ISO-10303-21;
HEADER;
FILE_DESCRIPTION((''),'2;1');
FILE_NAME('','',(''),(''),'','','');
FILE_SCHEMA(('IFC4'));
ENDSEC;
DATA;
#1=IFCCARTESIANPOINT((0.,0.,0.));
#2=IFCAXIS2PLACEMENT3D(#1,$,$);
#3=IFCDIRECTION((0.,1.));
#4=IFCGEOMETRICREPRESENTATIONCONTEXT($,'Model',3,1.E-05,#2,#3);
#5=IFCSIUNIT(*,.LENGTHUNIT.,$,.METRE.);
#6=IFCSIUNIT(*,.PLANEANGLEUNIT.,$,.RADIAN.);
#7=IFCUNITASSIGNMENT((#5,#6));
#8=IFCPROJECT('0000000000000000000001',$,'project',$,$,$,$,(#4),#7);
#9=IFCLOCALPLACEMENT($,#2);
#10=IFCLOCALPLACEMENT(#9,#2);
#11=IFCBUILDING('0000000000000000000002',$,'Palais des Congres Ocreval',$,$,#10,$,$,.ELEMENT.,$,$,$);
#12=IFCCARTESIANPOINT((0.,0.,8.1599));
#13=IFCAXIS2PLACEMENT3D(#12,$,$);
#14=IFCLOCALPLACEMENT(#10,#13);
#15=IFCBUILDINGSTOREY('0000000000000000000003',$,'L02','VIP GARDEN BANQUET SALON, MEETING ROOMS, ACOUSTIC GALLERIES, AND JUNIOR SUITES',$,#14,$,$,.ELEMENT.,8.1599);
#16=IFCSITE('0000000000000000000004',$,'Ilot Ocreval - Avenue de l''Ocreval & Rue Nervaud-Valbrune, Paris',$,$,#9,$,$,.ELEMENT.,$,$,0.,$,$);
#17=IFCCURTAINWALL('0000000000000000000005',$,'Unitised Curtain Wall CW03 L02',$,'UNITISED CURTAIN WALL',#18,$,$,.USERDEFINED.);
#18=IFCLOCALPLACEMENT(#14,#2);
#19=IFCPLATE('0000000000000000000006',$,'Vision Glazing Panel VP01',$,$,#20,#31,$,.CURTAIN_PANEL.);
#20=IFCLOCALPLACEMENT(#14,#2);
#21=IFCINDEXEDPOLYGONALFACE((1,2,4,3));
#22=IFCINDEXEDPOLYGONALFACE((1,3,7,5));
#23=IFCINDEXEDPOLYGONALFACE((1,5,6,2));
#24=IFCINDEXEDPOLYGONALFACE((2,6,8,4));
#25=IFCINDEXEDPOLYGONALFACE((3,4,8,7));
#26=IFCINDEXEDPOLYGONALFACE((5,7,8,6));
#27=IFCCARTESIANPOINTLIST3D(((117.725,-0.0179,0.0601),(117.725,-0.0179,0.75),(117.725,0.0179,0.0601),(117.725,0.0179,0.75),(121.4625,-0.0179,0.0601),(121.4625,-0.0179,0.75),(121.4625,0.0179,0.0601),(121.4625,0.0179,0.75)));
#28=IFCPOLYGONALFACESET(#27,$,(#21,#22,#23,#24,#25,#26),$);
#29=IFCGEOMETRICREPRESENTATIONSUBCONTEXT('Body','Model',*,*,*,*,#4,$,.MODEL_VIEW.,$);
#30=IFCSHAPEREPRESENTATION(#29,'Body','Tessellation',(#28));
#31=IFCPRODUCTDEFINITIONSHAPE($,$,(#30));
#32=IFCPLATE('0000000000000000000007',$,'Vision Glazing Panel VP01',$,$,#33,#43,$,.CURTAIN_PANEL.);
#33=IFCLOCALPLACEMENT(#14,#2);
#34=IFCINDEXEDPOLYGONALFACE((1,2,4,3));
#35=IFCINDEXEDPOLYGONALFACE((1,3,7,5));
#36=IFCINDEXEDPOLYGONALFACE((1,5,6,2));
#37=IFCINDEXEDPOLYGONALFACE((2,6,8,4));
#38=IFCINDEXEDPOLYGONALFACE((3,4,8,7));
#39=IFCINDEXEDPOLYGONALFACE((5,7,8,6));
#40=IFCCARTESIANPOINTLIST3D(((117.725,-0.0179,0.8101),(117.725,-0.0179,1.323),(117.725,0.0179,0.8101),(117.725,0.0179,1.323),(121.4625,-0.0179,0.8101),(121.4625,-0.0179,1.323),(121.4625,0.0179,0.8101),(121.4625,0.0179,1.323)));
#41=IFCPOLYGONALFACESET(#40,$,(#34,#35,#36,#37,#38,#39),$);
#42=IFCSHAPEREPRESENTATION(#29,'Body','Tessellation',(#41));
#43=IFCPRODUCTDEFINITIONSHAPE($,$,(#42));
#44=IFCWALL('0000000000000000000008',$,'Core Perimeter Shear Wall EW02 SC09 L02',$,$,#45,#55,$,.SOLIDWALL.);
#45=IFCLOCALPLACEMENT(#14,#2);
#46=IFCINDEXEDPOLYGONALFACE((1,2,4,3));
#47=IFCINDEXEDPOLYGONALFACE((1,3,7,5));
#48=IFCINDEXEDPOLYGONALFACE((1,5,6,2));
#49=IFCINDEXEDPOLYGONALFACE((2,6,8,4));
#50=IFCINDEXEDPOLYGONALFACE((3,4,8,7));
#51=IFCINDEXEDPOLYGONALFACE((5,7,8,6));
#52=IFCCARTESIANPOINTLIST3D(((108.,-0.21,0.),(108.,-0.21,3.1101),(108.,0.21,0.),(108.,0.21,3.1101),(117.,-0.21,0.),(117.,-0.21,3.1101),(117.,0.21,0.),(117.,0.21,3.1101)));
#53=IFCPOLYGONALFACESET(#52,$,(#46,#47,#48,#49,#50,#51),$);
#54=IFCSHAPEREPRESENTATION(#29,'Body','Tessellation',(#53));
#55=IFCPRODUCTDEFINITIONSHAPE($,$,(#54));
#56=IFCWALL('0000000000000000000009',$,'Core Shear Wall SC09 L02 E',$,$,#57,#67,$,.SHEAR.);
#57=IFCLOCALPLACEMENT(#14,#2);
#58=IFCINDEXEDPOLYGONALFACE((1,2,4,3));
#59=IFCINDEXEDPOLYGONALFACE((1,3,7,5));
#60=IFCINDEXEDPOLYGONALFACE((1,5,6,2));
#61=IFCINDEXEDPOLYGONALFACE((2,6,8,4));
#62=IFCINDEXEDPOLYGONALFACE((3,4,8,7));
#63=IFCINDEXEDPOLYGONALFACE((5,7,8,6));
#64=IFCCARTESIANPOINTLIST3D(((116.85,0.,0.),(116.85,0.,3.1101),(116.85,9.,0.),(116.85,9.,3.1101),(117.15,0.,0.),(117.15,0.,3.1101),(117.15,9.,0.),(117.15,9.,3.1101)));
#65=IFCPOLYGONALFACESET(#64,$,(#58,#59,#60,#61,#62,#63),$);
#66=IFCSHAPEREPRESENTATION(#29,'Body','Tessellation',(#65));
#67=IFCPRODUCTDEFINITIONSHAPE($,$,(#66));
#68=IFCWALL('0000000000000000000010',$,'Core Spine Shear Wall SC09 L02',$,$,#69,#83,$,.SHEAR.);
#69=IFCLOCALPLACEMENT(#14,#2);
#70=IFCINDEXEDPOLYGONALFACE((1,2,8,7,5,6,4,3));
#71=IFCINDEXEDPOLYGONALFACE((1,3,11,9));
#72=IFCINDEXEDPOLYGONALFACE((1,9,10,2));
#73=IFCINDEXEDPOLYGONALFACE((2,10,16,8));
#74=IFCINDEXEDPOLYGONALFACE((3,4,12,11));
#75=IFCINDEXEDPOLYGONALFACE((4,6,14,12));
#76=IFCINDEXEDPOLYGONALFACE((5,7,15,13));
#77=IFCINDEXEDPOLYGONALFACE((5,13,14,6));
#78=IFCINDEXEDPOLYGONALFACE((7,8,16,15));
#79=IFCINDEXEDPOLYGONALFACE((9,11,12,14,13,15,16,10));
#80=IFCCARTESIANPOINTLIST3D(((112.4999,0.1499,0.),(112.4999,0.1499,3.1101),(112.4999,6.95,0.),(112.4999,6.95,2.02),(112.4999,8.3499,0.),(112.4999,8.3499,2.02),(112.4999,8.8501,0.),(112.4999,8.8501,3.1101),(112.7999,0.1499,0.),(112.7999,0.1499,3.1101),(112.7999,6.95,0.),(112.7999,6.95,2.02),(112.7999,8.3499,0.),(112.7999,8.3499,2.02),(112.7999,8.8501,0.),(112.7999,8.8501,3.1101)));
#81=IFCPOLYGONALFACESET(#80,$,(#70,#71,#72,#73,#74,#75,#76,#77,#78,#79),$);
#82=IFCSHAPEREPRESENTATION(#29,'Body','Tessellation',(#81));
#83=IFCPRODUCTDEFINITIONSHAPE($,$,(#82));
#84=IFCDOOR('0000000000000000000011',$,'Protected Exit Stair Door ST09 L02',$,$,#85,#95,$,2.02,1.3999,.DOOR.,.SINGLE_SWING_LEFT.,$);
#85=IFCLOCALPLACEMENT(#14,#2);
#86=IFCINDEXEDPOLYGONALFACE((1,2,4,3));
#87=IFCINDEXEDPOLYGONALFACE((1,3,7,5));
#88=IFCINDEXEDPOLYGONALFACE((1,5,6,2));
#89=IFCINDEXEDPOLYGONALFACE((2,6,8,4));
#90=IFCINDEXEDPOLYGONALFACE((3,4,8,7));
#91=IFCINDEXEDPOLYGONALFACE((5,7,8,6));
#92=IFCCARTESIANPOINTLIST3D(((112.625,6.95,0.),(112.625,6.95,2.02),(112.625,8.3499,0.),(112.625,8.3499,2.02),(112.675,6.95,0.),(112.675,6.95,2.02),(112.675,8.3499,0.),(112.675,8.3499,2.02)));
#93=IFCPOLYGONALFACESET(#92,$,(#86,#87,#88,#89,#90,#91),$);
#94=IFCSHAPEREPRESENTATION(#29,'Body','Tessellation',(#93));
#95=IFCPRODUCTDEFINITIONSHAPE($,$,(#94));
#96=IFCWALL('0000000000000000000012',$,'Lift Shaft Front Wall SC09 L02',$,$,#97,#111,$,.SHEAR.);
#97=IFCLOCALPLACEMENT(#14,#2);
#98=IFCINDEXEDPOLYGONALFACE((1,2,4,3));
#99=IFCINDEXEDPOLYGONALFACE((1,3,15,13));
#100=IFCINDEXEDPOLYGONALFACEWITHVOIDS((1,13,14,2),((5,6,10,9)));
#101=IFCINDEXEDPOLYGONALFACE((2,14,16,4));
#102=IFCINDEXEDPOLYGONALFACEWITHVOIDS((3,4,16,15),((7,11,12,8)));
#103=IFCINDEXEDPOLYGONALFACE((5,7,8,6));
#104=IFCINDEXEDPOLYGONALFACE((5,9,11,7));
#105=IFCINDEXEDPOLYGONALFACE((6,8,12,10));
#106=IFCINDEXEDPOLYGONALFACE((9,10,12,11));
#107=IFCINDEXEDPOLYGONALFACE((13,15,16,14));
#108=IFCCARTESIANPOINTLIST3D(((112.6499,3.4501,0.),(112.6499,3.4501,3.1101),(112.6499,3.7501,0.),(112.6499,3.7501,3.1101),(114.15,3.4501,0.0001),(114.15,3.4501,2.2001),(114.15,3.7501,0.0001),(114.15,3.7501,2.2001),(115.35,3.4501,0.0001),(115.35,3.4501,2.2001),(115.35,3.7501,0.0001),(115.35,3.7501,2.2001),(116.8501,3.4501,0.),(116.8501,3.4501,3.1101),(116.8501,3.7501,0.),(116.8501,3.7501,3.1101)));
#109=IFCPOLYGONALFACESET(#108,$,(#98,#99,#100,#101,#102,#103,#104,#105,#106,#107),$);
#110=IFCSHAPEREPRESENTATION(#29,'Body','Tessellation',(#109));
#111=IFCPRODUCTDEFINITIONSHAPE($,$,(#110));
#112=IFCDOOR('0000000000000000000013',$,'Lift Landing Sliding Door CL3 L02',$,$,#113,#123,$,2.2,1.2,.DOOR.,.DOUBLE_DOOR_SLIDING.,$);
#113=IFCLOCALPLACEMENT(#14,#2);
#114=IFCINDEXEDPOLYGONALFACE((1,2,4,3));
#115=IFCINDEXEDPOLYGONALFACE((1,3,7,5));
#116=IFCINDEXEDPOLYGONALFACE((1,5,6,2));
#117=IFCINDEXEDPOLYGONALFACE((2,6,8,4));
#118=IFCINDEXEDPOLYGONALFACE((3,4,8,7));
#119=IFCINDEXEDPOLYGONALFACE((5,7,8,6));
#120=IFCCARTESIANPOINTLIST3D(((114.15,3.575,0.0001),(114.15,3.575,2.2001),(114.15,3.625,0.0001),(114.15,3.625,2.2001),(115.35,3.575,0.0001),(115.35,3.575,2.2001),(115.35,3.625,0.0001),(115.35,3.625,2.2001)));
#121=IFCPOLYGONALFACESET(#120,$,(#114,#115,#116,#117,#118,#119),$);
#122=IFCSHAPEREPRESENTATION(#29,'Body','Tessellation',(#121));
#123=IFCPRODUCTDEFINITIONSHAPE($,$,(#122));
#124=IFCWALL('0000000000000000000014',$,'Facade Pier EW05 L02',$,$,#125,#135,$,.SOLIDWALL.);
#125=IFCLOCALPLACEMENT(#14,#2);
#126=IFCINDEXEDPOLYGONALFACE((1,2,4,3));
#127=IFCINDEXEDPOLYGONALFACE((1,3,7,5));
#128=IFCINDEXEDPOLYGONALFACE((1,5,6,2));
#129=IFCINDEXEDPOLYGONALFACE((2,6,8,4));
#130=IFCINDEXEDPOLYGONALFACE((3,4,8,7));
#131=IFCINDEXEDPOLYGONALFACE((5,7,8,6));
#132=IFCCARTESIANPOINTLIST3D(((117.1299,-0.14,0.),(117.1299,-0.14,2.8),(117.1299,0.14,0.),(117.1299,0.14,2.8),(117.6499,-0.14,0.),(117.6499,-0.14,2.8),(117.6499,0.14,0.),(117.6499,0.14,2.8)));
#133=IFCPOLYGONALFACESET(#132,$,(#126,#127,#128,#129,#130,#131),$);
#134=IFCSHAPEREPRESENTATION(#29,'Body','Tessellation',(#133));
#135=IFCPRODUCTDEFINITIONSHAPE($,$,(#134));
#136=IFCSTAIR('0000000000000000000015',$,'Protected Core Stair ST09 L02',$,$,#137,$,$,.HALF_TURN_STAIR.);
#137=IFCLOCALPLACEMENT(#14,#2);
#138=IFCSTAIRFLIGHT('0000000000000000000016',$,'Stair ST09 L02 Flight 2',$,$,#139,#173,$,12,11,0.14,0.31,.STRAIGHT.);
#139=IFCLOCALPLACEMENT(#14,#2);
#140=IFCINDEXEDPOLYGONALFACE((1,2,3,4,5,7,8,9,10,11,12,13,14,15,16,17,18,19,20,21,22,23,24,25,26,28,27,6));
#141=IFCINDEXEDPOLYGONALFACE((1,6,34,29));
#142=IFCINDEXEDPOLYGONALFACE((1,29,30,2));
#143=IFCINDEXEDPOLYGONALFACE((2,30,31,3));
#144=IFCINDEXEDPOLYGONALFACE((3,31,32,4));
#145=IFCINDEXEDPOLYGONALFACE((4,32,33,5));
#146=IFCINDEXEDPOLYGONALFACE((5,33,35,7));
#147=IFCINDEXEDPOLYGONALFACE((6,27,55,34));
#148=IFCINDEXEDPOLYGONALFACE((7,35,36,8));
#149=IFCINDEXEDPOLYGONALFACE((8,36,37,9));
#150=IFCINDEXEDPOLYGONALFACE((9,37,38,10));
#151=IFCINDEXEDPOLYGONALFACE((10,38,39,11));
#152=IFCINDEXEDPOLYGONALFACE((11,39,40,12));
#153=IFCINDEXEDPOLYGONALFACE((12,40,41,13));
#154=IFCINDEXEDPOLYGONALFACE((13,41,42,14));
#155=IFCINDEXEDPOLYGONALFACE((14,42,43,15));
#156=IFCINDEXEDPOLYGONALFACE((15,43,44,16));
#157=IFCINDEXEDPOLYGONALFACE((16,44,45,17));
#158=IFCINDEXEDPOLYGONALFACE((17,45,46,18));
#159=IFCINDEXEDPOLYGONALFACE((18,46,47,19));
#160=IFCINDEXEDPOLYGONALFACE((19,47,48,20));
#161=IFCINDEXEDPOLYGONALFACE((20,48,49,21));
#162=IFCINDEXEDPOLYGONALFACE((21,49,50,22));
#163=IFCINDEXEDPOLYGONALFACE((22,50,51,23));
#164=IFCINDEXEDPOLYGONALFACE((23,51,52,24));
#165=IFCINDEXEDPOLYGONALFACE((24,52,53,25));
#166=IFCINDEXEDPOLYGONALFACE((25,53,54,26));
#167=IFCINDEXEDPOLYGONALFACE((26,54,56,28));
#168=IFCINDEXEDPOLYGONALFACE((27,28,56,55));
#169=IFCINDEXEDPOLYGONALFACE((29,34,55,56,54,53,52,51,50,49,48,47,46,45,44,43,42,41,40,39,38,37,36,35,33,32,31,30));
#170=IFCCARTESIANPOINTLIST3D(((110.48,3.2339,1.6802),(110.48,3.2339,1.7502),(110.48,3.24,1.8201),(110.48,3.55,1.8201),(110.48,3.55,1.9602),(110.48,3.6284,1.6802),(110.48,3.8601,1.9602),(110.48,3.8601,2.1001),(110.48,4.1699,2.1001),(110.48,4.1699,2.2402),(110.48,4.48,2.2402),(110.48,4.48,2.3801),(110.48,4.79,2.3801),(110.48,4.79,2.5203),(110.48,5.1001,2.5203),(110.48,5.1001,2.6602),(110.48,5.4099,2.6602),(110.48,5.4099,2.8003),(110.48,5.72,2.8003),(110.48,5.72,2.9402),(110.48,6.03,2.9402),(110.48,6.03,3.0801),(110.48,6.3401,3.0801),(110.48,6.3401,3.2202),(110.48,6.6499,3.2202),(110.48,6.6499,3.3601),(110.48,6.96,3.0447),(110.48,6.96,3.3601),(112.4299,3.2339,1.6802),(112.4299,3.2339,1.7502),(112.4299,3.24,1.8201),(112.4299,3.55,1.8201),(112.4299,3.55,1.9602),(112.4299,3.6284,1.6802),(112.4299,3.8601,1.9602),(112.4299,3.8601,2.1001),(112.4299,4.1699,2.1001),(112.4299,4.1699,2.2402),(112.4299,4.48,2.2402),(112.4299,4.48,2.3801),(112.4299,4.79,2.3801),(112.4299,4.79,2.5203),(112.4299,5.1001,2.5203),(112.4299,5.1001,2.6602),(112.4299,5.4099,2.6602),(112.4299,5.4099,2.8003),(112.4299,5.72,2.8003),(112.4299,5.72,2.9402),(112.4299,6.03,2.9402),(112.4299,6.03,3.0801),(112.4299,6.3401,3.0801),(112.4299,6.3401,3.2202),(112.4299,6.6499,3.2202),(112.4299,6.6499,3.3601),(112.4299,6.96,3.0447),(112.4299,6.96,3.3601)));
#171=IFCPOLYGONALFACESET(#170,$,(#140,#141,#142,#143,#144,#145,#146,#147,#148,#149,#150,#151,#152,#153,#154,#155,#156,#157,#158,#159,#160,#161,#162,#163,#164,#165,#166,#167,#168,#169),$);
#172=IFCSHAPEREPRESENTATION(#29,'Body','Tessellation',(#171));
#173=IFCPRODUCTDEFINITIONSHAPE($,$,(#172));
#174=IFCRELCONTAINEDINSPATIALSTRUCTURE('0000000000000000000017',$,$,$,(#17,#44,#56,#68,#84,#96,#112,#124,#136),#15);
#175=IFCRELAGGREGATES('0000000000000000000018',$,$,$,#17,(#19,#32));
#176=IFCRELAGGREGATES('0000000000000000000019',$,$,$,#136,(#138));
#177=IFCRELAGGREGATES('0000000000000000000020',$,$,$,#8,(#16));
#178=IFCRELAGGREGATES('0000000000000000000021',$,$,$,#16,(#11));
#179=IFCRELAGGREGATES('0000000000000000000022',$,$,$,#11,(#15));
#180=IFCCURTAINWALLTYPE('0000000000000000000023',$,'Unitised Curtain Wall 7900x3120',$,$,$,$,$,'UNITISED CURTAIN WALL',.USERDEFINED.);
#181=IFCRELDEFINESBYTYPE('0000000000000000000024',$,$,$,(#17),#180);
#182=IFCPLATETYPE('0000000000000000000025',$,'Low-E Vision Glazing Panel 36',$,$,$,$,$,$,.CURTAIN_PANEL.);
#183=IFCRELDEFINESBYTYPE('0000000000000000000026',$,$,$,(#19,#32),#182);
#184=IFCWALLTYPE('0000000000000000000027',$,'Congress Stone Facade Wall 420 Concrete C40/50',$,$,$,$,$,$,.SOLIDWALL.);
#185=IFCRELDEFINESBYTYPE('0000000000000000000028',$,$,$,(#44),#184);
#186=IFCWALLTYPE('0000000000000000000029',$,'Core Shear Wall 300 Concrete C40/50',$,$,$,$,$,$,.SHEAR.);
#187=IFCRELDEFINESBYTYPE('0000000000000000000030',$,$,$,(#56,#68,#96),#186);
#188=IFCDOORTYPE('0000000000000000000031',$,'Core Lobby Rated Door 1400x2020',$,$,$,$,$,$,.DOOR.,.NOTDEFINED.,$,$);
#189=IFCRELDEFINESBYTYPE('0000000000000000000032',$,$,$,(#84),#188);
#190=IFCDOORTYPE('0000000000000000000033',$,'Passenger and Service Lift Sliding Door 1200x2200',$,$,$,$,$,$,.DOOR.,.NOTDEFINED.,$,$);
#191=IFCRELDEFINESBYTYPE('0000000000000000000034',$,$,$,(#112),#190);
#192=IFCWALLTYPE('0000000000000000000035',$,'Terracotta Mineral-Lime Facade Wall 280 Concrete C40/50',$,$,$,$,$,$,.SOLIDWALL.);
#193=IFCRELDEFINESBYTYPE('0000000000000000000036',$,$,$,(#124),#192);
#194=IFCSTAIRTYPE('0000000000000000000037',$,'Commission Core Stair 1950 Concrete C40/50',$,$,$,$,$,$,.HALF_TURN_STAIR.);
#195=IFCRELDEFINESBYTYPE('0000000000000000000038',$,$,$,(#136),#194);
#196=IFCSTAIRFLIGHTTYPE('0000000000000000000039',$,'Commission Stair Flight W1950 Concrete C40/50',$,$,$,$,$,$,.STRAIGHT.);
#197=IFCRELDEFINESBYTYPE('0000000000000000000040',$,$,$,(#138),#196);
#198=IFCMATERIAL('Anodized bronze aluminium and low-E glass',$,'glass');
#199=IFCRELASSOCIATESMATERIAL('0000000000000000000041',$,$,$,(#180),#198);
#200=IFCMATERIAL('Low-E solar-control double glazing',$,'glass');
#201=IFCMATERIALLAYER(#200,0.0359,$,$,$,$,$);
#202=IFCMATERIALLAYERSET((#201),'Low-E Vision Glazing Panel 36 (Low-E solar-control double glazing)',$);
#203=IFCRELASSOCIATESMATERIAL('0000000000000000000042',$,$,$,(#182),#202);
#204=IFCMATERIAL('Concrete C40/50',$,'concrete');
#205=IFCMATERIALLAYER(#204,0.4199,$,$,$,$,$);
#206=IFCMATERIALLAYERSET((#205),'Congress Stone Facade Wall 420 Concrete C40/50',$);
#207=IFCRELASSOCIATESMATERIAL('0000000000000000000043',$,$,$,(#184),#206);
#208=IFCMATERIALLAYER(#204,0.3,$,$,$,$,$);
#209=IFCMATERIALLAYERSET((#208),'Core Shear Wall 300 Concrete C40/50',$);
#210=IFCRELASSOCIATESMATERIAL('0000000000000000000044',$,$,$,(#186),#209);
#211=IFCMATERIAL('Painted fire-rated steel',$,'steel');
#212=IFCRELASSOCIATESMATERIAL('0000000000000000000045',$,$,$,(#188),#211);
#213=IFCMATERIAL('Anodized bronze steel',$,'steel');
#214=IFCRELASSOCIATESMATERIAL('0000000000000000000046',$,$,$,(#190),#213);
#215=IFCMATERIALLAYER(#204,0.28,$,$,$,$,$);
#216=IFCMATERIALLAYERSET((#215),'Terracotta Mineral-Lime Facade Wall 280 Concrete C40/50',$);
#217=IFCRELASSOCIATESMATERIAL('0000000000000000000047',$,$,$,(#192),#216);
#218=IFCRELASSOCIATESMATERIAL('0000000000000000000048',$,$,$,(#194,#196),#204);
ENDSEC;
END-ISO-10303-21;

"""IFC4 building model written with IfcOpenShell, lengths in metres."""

from ifc_helpers import new_model, si_unit, direction, frame, frame_2d, origin, origin_2d, place, context, subcontext, project, spatial, polyline, rectangle, outline, extrude, material, layer, layer_set, type_object, element, fill, aggregate, save


model = new_model("IFC4")

# Units and contexts
model_context = context("Model", 3, precision=1e-05, world=origin(), true_north=direction((0.0, 1.0)))
body_context = subcontext(model_context, "Body", "Model", "MODEL_VIEW")
ifc_project = project(units=[si_unit("LENGTHUNIT", "METRE"), si_unit("PLANEANGLEUNIT", "RADIAN")], contexts=[model_context])

# Site, building, storey
site_placement = place(None, origin())
site = spatial("IfcSite", under=ifc_project, at=site_placement, Name="Ilot Ocreval - Avenue de l'Ocreval & Rue Nervaud-Valbrune, Paris", CompositionType="ELEMENT", RefElevation=0.0)
building_placement = place(site_placement, origin())
building = spatial("IfcBuilding", under=site, at=building_placement, Name="Palais des Congres Ocreval", CompositionType="ELEMENT")
storey_placement = place(building_placement, frame((0.0, 0.0, 8.1599)))
storey = spatial("IfcBuildingStorey", under=building, at=storey_placement, Name="L02", Description="VIP GARDEN BANQUET SALON, MEETING ROOMS, ACOUSTIC GALLERIES, AND JUNIOR SUITES", CompositionType="ELEMENT", Elevation=8.1599)

# Curtain wall
ifc_material_1 = material(Name="Anodized bronze aluminium and low-E glass", Category="glass")
curtain_wall_type = type_object("IfcCurtainWallType", Name="Unitised Curtain Wall 7900x3120", ElementType="UNITISED CURTAIN WALL", PredefinedType="USERDEFINED", material=ifc_material_1)
curtain_wall_placement = place(storey_placement, origin())
curtain_wall = element("IfcCurtainWall", 1, at=curtain_wall_placement, inside=storey, type_object=curtain_wall_type, Name="Unitised Curtain Wall CW03 L02", ObjectType="UNITISED CURTAIN WALL", PredefinedType="USERDEFINED")

# Plates
ifc_material_2 = material(Name="Low-E solar-control double glazing", Category="glass")
ifc_layer_1 = layer(ifc_material_2, 0.0359)
ifc_layer_set_1 = layer_set([ifc_layer_1], Name="Low-E Vision Glazing Panel 36 (Low-E solar-control double glazing)")
plate_type = type_object("IfcPlateType", Name="Low-E Vision Glazing Panel 36", PredefinedType="CURTAIN_PANEL", material=ifc_layer_set_1)
plate_1_placement = place(storey_placement, frame((119.5938, 0.0, 0.0601), z_axis=(0.0, 0.0, 1.0), x_axis=(-1.0, 0.0, 0.0)))
plate_1 = element("IfcPlate", 2, at=plate_1_placement, type_object=plate_type, Name="Vision Glazing Panel VP01", PredefinedType="CURTAIN_PANEL", context=body_context, shape_type="SweptSolid", body=[
    extrude(rectangle(XDim=3.7375, YDim=0.0359, at=origin_2d()), origin(), (0.0, 0.0, 1.0), 0.6899),
])
plate_2_placement = place(storey_placement, frame((119.5938, 0.0, 0.8101), z_axis=(0.0, 0.0, 1.0), x_axis=(-1.0, 0.0, 0.0)))
plate_2 = element("IfcPlate", 3, at=plate_2_placement, type_object=plate_type, Name="Vision Glazing Panel VP01", PredefinedType="CURTAIN_PANEL", context=body_context, shape_type="SweptSolid", body=[
    extrude(rectangle(XDim=3.7375, YDim=0.0359, at=origin_2d()), origin(), (0.0, 0.0, 1.0), 0.5129),
])
aggregate(curtain_wall, [plate_1, plate_2])

# Walls
ifc_material_3 = material(Name="Concrete C40/50", Category="concrete")
ifc_layer_2 = layer(ifc_material_3, 0.4199)
ifc_layer_set_2 = layer_set([ifc_layer_2], Name="Congress Stone Facade Wall 420 Concrete C40/50")
wall_type_1 = type_object("IfcWallType", Name="Congress Stone Facade Wall 420 Concrete C40/50", PredefinedType="SOLIDWALL", material=ifc_layer_set_2)
wall_1_placement = place(storey_placement, frame((117.0, 0.0, 0.0), z_axis=(0.0, 0.0, 1.0), x_axis=(-1.0, 0.0, 0.0)))
element("IfcWall", 4, at=wall_1_placement, inside=storey, type_object=wall_type_1, Name="Core Perimeter Shear Wall EW02 SC09 L02", PredefinedType="SOLIDWALL", context=body_context, shape_type="SweptSolid", body=[
    extrude(rectangle(XDim=9.0, YDim=0.4199, at=frame_2d((4.5, 0.0))), origin(), (0.0, 0.0, 1.0), 3.1101),
])
ifc_layer_3 = layer(ifc_material_3, 0.3)
ifc_layer_set_3 = layer_set([ifc_layer_3], Name="Core Shear Wall 300 Concrete C40/50")
wall_type_2 = type_object("IfcWallType", Name="Core Shear Wall 300 Concrete C40/50", PredefinedType="SHEAR", material=ifc_layer_set_3)
wall_2_placement = place(storey_placement, frame((117.0, 0.0, 0.0), z_axis=(0.0, 0.0, 1.0), x_axis=(0.0, 1.0, 0.0)))
element("IfcWall", 5, at=wall_2_placement, inside=storey, type_object=wall_type_2, Name="Core Shear Wall SC09 L02 E", PredefinedType="SHEAR", context=body_context, shape_type="SweptSolid", body=[
    extrude(rectangle(XDim=9.0, YDim=0.3, at=frame_2d((4.5, 0.0))), origin(), (0.0, 0.0, 1.0), 3.1101),
])

# Walls, openings, doors
wall_3_placement = place(storey_placement, frame((112.6499, 0.1499, 0.0), z_axis=(0.0, 0.0, 1.0), x_axis=(0.0, 1.0, 0.0)))
wall_3 = element("IfcWall", 6, at=wall_3_placement, inside=storey, type_object=wall_type_2, Name="Core Spine Shear Wall SC09 L02", PredefinedType="SHEAR", context=body_context, shape_type="SweptSolid", body=[
    extrude(rectangle(XDim=8.7002, YDim=0.3, at=frame_2d((4.3501, 0.0))), origin(), (0.0, 0.0, 1.0), 3.1101),
])
opening_1_placement = place(wall_3_placement, frame((6.8, 0.0, 0.0)))
opening_1 = element("IfcOpeningElement", 7, at=opening_1_placement, cuts=wall_3, PredefinedType="OPENING", context=body_context, shape_type="SweptSolid", body=[
    extrude(rectangle(XDim=1.3999, YDim=2.02, at=frame_2d((0.7, 1.01))), frame((0.0, 0.1599, 0.0), z_axis=(0.0, -1.0, 0.0), x_axis=(1.0, 0.0, 0.0)), (0.0, 0.0, 1.0), 0.3201),
])
ifc_material_4 = material(Name="Painted fire-rated steel", Category="steel")
door_type_1 = type_object("IfcDoorType", Name="Core Lobby Rated Door 1400x2020", OperationType="NOTDEFINED", PredefinedType="DOOR", material=ifc_material_4)
door_1_placement = place(opening_1_placement, origin())
door_1 = element("IfcDoor", 8, at=door_1_placement, inside=storey, type_object=door_type_1, Name="Protected Exit Stair Door ST09 L02", OperationType="SINGLE_SWING_LEFT", OverallHeight=2.02, OverallWidth=1.3999, PredefinedType="DOOR", context=body_context, shape_type="SweptSolid", body=[
    extrude(rectangle(XDim=1.3999, YDim=2.02, at=frame_2d((0.7, 1.01))), frame((0.0, 0.0249, 0.0), z_axis=(0.0, -1.0, 0.0), x_axis=(1.0, 0.0, 0.0)), (0.0, 0.0, 1.0), 0.05),
])
fill(opening_1, door_1)
wall_4_placement = place(storey_placement, frame((112.6499, 3.6001, 0.0), z_axis=(0.0, 0.0, 1.0), x_axis=(1.0, 0.0, 0.0)))
wall_4 = element("IfcWall", 9, at=wall_4_placement, inside=storey, type_object=wall_type_2, Name="Lift Shaft Front Wall SC09 L02", PredefinedType="SHEAR", context=body_context, shape_type="SweptSolid", body=[
    extrude(rectangle(XDim=4.2002, YDim=0.3, at=frame_2d((2.1001, 0.0))), origin(), (0.0, 0.0, 1.0), 3.1101),
])
opening_2_placement = place(wall_4_placement, frame((1.5, 0.0, 0.0)))
opening_2 = element("IfcOpeningElement", 10, at=opening_2_placement, cuts=wall_4, PredefinedType="OPENING", context=body_context, shape_type="SweptSolid", body=[
    extrude(rectangle(XDim=1.2, YDim=2.2, at=frame_2d((0.6001, 1.1001))), frame((0.0, 0.1599, 0.0), z_axis=(0.0, -1.0, 0.0), x_axis=(1.0, 0.0, 0.0)), (0.0, 0.0, 1.0), 0.3201),
])
ifc_material_5 = material(Name="Anodized bronze steel", Category="steel")
door_type_2 = type_object("IfcDoorType", Name="Passenger and Service Lift Sliding Door 1200x2200", OperationType="NOTDEFINED", PredefinedType="DOOR", material=ifc_material_5)
door_2_placement = place(opening_2_placement, origin())
door_2 = element("IfcDoor", 11, at=door_2_placement, inside=storey, type_object=door_type_2, Name="Lift Landing Sliding Door CL3 L02", OperationType="DOUBLE_DOOR_SLIDING", OverallHeight=2.2, OverallWidth=1.2, PredefinedType="DOOR", context=body_context, shape_type="SweptSolid", body=[
    extrude(rectangle(XDim=1.2, YDim=2.2, at=frame_2d((0.6001, 1.1001))), frame((0.0, 0.0249, 0.0), z_axis=(0.0, -1.0, 0.0), x_axis=(1.0, 0.0, 0.0)), (0.0, 0.0, 1.0), 0.05),
])
fill(opening_2, door_2)

# Wall
ifc_layer_4 = layer(ifc_material_3, 0.28)
ifc_layer_set_4 = layer_set([ifc_layer_4], Name="Terracotta Mineral-Lime Facade Wall 280 Concrete C40/50")
wall_type_3 = type_object("IfcWallType", Name="Terracotta Mineral-Lime Facade Wall 280 Concrete C40/50", PredefinedType="SOLIDWALL", material=ifc_layer_set_4)
wall_5_placement = place(storey_placement, frame((117.6499, 0.0, 0.0), z_axis=(0.0, 0.0, 1.0), x_axis=(-1.0, 0.0, 0.0)))
element("IfcWall", 12, at=wall_5_placement, inside=storey, type_object=wall_type_3, Name="Facade Pier EW05 L02", PredefinedType="SOLIDWALL", context=body_context, shape_type="SweptSolid", body=[
    extrude(rectangle(XDim=0.52, YDim=0.28, at=frame_2d((0.26, 0.0))), origin(), (0.0, 0.0, 1.0), 2.8),
])

# Stair, stair flight
stair_type = type_object("IfcStairType", Name="Commission Core Stair 1950 Concrete C40/50", PredefinedType="HALF_TURN_STAIR", material=ifc_material_3)
stair_placement = place(storey_placement, origin())
stair = element("IfcStair", 13, at=stair_placement, inside=storey, type_object=stair_type, Name="Protected Core Stair ST09 L02", PredefinedType="HALF_TURN_STAIR")
stair_flight_type = type_object("IfcStairFlightType", Name="Commission Stair Flight W1950 Concrete C40/50", PredefinedType="STRAIGHT", material=ifc_material_3)
stair_flight_placement = place(storey_placement, frame((111.4551, 3.24, 1.6802), z_axis=(0.0, 0.0, 1.0), x_axis=(0.0, 1.0, 0.0)))
stair_flight = element("IfcStairFlight", 14, at=stair_flight_placement, type_object=stair_flight_type, Name="Stair ST09 L02 Flight 2", NumberOfRisers=12, NumberOfTreads=11, PredefinedType="STRAIGHT", RiserHeight=0.14, TreadLength=0.31, context=body_context, shape_type="SweptSolid", body=[
    extrude(outline(polyline([(-0.0061, 0.0), (-0.0061, 0.0701), (0.0, 0.1399), (0.3101, 0.1399), (0.3101, 0.28), (0.6201, 0.28), (0.6201, 0.4199), (0.9299, 0.4199), (0.9299, 0.5601), (1.24, 0.5601), (1.24, 0.7), (1.55, 0.7), (1.55, 0.8401), (1.8601, 0.8401), (1.8601, 0.98), (2.1699, 0.98), (2.1699, 1.1201), (2.48, 1.1201), (2.48, 1.26), (2.79, 1.26), (2.79, 1.3999), (3.1001, 1.3999), (3.1001, 1.54), (3.4099, 1.54), (3.4099, 1.6799), (3.72, 1.6799), (3.72, 1.3645), (0.3884, 0.0), (-0.0061, 0.0)])), frame((0.0, 0.9751, 0.0), z_axis=(0.0, -1.0, 0.0), x_axis=(1.0, 0.0, 0.0)), (0.0, 0.0, 1.0), 1.95),
])
aggregate(stair, [stair_flight])

save(model, "model.ifc")
